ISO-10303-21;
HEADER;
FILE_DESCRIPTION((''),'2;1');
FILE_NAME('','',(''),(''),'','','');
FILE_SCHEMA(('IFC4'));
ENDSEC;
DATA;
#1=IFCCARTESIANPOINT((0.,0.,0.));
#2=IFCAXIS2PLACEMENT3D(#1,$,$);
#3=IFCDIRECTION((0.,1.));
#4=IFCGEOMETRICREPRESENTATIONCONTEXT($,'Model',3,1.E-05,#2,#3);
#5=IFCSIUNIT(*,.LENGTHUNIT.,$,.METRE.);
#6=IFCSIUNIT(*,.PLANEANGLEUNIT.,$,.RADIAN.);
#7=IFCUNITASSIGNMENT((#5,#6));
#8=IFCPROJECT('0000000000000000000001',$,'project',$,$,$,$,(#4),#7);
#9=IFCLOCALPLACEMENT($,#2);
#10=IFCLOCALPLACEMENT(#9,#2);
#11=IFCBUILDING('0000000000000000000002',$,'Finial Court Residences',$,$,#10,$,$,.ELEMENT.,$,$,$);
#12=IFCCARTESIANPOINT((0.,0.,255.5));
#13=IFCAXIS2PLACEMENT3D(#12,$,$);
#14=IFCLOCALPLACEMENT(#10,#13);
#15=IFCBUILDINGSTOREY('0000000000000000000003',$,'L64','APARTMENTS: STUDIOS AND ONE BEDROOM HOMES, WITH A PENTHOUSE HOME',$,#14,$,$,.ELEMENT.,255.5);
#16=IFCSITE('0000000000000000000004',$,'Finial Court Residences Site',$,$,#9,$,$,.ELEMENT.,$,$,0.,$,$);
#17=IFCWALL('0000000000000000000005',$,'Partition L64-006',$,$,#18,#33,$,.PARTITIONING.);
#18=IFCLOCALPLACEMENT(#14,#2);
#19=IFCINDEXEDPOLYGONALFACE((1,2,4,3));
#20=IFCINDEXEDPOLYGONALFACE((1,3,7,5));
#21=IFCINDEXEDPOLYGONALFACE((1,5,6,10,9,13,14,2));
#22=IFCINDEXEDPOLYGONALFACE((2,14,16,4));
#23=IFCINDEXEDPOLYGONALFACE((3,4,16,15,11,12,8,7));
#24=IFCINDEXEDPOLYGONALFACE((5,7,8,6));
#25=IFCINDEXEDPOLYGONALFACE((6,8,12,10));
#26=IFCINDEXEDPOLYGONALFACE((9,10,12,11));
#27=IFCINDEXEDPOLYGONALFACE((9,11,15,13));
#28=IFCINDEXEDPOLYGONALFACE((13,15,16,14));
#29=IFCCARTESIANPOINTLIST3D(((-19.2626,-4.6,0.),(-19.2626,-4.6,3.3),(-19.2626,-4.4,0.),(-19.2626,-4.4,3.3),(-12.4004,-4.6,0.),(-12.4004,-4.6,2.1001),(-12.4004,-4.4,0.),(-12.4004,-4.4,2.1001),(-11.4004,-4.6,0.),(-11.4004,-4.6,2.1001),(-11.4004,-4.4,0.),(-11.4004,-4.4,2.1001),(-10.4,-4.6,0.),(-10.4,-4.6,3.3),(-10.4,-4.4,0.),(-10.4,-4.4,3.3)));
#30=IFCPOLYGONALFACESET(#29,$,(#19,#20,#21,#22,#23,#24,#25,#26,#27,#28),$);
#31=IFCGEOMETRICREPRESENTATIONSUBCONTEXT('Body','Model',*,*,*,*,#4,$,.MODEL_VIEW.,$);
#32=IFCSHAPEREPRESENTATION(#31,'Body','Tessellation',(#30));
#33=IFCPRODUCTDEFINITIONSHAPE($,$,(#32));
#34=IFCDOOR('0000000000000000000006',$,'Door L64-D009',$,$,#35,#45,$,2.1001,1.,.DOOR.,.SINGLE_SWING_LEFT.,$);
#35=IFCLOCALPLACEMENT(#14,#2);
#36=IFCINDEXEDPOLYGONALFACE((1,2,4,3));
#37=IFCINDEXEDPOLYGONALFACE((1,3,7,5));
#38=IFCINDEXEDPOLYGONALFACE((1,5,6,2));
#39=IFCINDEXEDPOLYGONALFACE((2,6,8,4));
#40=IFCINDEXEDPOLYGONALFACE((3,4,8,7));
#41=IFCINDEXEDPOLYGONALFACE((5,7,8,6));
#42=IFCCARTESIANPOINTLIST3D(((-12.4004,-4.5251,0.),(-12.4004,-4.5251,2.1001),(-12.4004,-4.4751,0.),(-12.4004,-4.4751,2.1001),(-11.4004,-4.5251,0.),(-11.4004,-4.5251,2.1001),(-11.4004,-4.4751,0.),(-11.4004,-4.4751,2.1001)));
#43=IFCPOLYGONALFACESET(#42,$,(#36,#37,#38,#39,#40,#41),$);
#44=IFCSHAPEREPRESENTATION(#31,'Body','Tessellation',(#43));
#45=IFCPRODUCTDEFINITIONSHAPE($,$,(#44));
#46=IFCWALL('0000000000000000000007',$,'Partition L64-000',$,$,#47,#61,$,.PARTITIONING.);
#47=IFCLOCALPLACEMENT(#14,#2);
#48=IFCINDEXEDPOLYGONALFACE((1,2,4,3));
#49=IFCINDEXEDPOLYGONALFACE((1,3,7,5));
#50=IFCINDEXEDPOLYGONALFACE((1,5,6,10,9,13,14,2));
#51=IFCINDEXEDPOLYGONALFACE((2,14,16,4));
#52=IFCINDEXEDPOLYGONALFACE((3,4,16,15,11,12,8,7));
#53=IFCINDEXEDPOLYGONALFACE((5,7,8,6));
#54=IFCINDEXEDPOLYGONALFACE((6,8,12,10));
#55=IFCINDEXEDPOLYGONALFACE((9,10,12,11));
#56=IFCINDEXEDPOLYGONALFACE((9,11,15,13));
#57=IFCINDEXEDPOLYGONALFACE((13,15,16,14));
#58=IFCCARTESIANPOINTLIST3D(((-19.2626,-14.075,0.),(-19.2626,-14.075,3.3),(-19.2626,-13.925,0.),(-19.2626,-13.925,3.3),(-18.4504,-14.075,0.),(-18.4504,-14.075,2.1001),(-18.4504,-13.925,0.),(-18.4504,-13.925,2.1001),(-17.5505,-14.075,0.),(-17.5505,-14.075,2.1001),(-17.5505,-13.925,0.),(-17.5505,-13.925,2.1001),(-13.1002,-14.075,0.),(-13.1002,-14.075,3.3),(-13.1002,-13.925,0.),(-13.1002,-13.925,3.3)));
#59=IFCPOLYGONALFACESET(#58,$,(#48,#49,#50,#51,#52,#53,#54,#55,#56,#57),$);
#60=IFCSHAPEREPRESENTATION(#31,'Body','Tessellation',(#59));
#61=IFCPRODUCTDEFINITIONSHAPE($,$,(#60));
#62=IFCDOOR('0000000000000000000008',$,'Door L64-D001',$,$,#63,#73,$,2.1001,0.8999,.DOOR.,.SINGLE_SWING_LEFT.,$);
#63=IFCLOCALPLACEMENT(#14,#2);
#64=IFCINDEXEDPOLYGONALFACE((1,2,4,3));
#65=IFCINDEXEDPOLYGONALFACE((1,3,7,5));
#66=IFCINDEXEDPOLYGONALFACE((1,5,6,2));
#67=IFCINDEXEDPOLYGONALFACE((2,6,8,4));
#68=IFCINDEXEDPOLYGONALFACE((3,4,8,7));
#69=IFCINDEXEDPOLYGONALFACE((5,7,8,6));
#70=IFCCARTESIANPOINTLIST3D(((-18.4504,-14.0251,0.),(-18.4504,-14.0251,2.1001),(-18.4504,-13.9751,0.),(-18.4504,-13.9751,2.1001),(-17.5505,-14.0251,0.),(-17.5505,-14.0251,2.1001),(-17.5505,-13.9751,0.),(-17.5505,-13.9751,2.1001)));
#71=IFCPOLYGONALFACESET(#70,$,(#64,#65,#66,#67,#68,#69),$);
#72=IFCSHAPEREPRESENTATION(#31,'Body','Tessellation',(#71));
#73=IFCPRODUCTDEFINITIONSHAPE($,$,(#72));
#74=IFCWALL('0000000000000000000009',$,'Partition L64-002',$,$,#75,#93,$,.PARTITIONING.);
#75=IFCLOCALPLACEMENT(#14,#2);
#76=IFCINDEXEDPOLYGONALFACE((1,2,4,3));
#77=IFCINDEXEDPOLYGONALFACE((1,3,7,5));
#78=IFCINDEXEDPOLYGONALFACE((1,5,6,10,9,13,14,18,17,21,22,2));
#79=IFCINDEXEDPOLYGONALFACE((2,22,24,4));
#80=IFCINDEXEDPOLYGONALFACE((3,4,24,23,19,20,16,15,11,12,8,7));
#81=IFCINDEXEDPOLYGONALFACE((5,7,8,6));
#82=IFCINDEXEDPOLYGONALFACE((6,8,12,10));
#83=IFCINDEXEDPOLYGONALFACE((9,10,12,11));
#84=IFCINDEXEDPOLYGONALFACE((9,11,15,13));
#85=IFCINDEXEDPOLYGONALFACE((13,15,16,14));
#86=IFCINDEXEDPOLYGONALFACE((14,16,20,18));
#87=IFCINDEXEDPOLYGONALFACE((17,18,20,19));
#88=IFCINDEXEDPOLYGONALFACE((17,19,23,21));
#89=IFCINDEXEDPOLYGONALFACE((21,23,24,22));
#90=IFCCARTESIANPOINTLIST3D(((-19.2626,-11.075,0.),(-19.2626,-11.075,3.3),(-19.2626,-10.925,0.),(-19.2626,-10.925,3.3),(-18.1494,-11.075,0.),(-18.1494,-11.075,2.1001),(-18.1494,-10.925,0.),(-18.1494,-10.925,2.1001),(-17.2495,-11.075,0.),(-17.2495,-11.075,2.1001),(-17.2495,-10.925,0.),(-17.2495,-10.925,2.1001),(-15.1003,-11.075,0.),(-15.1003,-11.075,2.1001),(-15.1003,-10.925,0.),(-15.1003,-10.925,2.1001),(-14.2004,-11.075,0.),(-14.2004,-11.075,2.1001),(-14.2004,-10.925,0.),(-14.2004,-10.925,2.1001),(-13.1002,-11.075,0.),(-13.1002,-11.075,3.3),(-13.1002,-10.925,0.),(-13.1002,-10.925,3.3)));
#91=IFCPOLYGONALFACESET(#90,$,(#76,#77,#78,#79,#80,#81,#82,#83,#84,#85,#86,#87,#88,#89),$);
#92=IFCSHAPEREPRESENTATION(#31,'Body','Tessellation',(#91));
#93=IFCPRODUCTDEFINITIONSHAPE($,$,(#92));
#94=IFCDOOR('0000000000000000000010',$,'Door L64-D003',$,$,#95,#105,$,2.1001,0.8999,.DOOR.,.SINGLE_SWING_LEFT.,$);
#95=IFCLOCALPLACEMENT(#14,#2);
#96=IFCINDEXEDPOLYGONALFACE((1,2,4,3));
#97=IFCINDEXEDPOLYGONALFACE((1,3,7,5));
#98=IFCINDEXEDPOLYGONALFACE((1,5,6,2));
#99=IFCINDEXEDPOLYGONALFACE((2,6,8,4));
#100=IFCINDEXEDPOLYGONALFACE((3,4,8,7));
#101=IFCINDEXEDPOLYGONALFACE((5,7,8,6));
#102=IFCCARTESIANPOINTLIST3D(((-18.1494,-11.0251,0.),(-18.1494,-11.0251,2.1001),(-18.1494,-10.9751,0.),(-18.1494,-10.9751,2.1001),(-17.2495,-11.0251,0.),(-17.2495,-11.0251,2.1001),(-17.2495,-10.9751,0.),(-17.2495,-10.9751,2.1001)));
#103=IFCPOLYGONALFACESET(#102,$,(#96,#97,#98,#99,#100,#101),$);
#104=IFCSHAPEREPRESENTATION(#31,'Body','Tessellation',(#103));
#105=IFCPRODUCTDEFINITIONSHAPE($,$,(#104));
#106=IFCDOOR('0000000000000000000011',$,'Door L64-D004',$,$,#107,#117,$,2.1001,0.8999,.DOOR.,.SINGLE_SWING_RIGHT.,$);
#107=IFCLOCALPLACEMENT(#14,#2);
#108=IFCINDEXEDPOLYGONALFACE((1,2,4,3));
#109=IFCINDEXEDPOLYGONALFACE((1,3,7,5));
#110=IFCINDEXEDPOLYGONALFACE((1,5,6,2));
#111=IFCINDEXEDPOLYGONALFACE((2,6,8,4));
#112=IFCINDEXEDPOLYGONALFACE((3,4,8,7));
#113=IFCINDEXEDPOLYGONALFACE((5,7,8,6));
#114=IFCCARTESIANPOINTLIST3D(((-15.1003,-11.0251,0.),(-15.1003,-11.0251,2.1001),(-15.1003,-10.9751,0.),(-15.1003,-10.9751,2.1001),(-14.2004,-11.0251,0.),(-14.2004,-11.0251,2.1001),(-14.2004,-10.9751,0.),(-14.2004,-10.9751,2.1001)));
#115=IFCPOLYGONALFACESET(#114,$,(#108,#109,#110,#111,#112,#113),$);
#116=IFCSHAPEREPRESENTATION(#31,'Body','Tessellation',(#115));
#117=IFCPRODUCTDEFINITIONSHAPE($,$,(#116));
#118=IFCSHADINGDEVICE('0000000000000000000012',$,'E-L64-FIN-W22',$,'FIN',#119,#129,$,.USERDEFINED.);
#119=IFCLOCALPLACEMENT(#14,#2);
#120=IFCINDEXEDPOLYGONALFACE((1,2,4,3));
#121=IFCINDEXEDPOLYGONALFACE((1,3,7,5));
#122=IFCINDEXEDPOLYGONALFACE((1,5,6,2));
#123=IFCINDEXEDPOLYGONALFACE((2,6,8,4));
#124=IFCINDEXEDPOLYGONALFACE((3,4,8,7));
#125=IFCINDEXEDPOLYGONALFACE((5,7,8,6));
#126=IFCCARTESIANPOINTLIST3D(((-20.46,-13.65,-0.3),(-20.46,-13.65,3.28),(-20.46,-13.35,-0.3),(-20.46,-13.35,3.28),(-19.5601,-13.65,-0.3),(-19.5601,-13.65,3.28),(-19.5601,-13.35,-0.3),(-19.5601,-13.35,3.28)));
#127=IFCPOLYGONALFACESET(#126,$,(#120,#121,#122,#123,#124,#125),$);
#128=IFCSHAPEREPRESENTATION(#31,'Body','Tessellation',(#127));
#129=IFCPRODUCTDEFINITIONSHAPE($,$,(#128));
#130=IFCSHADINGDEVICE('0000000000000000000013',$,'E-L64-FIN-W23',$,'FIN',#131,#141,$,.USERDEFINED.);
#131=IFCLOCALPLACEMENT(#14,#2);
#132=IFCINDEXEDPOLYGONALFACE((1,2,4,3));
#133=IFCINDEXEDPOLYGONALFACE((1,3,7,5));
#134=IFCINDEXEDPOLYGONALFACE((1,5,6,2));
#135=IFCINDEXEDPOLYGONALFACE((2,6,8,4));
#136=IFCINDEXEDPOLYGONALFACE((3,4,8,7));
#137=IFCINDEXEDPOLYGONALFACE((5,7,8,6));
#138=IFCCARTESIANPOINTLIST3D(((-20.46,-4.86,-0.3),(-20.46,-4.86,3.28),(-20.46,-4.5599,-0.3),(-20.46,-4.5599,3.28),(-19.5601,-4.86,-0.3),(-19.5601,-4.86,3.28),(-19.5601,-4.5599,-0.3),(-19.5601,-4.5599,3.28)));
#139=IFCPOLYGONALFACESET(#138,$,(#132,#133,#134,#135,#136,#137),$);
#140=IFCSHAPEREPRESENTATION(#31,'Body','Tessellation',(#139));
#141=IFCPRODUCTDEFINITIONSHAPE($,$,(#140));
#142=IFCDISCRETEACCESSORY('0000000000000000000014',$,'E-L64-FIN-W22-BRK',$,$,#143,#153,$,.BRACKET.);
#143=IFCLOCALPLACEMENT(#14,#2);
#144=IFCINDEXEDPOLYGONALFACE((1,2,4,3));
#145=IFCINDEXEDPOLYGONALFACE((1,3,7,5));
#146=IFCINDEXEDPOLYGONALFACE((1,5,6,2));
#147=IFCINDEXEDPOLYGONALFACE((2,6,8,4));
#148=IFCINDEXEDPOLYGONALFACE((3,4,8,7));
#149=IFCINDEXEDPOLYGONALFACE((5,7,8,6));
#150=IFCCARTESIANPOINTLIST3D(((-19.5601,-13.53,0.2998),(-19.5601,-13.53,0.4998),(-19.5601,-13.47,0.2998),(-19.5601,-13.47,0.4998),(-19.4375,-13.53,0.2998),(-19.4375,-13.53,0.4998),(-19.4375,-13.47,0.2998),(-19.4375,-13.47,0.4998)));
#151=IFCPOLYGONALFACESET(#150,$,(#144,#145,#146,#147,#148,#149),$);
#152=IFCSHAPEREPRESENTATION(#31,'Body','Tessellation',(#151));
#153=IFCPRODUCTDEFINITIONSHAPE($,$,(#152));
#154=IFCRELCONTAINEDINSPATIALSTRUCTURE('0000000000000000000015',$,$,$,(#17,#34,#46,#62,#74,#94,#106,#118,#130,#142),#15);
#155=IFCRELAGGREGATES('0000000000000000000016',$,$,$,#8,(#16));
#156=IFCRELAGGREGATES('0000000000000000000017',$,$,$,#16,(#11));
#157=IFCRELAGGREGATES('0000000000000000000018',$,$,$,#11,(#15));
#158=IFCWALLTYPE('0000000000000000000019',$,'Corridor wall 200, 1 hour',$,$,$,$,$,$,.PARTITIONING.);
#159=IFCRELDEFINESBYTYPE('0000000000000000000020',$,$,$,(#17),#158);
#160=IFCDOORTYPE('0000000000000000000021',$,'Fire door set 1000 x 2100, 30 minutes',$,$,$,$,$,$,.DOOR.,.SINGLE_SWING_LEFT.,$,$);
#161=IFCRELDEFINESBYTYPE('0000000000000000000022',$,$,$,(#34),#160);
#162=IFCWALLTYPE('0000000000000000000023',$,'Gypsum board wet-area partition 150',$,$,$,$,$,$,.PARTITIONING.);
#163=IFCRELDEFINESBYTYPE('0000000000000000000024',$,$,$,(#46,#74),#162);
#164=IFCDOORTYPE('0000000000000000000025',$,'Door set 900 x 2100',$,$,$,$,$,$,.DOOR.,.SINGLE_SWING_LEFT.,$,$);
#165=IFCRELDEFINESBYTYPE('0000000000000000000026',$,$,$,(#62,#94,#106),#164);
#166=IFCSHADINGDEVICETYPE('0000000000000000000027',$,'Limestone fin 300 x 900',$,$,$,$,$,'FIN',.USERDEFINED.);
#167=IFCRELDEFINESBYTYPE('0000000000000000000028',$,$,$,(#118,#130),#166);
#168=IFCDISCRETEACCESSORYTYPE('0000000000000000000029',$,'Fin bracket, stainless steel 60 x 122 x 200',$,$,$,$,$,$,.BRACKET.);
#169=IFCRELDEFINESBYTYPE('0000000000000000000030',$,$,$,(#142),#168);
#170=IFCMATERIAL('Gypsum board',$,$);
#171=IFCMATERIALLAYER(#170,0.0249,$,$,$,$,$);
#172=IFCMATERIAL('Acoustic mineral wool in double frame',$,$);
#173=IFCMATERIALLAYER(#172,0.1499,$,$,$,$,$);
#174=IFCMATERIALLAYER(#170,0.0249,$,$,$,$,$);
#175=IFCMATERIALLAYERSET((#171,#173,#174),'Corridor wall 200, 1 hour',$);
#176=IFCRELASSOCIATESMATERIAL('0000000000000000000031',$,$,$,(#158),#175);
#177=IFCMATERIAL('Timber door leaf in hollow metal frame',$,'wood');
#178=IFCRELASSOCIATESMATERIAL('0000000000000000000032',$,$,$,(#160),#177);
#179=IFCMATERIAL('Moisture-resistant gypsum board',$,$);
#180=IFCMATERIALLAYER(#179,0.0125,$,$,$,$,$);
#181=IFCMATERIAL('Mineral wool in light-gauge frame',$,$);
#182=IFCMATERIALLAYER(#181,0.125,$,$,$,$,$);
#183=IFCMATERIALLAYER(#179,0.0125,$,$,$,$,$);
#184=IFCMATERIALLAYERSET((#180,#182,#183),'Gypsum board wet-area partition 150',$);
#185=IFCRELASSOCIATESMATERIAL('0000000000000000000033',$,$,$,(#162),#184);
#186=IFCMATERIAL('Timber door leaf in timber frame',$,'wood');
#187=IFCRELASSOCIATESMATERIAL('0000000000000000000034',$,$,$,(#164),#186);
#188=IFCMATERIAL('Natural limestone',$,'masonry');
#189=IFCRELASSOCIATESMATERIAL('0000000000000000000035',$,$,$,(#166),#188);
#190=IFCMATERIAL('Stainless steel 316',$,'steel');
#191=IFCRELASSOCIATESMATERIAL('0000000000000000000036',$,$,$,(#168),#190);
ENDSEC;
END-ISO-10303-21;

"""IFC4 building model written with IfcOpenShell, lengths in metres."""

from ifc_helpers import new_model, si_unit, direction, frame, frame_2d, origin, origin_2d, place, context, subcontext, project, spatial, rectangle, extrude, material, layer, layer_set, type_object, element, fill, save


model = new_model("IFC4")

# Units and contexts
model_context = context("Model", 3, precision=1e-05, world=origin(), true_north=direction((0.0, 1.0)))
body_context = subcontext(model_context, "Body", "Model", "MODEL_VIEW")
ifc_project = project(units=[si_unit("LENGTHUNIT", "METRE"), si_unit("PLANEANGLEUNIT", "RADIAN")], contexts=[model_context])

# Site, building, storey
site_placement = place(None, origin())
site = spatial("IfcSite", under=ifc_project, at=site_placement, Name="Finial Court Residences Site", CompositionType="ELEMENT", RefElevation=0.0)
building_placement = place(site_placement, origin())
building = spatial("IfcBuilding", under=site, at=building_placement, Name="Finial Court Residences", CompositionType="ELEMENT")
storey_placement = place(building_placement, frame((0.0, 0.0, 255.5)))
storey = spatial("IfcBuildingStorey", under=building, at=storey_placement, Name="L64", Description="APARTMENTS: STUDIOS AND ONE BEDROOM HOMES, WITH A PENTHOUSE HOME", CompositionType="ELEMENT", Elevation=255.5)

# Walls, openings, doors
ifc_material_1 = material(Name="Gypsum board")
ifc_layer_1 = layer(ifc_material_1, 0.0249)
ifc_material_2 = material(Name="Acoustic mineral wool in double frame")
ifc_layer_2 = layer(ifc_material_2, 0.1499)
ifc_layer_3 = layer(ifc_material_1, 0.0249)
ifc_layer_set_1 = layer_set([ifc_layer_1, ifc_layer_2, ifc_layer_3], Name="Corridor wall 200, 1 hour")
wall_type_1 = type_object("IfcWallType", Name="Corridor wall 200, 1 hour", PredefinedType="PARTITIONING", material=ifc_layer_set_1)
ifc_material_3 = material(Name="Timber door leaf in hollow metal frame", Category="wood")
door_type_1 = type_object("IfcDoorType", Name="Fire door set 1000 x 2100, 30 minutes", OperationType="SINGLE_SWING_LEFT", PredefinedType="DOOR", material=ifc_material_3)
wall_1_placement = place(storey_placement, frame((-19.2625, -4.5, 0.0), z_axis=(0.0, 0.0, 1.0), x_axis=(1.0, 0.0, 0.0)))
wall_1 = element("IfcWall", 1, at=wall_1_placement, inside=storey, type_object=wall_type_1, Name="Partition L64-006", PredefinedType="PARTITIONING", context=body_context, shape_type="SweptSolid", body=[
    extrude(rectangle(XDim=8.8625, YDim=0.2, at=frame_2d((4.4312, 0.0))), origin(), (0.0, 0.0, 1.0), 3.3),
])
opening_1_placement = place(wall_1_placement, frame((6.8621, 0.0, 0.0)))
opening_1 = element("IfcOpeningElement", 2, at=opening_1_placement, cuts=wall_1, PredefinedType="OPENING", context=body_context, shape_type="SweptSolid", body=[
    extrude(rectangle(XDim=1.0, YDim=2.1001, at=frame_2d((0.5, 1.05))), frame((0.0, 0.1099, 0.0), z_axis=(0.0, -1.0, 0.0), x_axis=(1.0, 0.0, 0.0)), (0.0, 0.0, 1.0), 0.22),
])
door_1_placement = place(opening_1_placement, origin())
door_1 = element("IfcDoor", 3, at=door_1_placement, inside=storey, type_object=door_type_1, Name="Door L64-D009", OperationType="SINGLE_SWING_LEFT", OverallHeight=2.1001, OverallWidth=1.0, PredefinedType="DOOR", context=body_context, shape_type="SweptSolid", body=[
    extrude(rectangle(XDim=1.0, YDim=2.1001, at=frame_2d((0.5, 1.05))), frame((0.0, 0.0249, 0.0), z_axis=(0.0, -1.0, 0.0), x_axis=(1.0, 0.0, 0.0)), (0.0, 0.0, 1.0), 0.05),
])
fill(opening_1, door_1)
ifc_material_4 = material(Name="Moisture-resistant gypsum board")
ifc_layer_4 = layer(ifc_material_4, 0.0125)
ifc_material_5 = material(Name="Mineral wool in light-gauge frame")
ifc_layer_5 = layer(ifc_material_5, 0.125)
ifc_layer_6 = layer(ifc_material_4, 0.0125)
ifc_layer_set_2 = layer_set([ifc_layer_4, ifc_layer_5, ifc_layer_6], Name="Gypsum board wet-area partition 150")
wall_type_2 = type_object("IfcWallType", Name="Gypsum board wet-area partition 150", PredefinedType="PARTITIONING", material=ifc_layer_set_2)
wall_2_placement = place(storey_placement, frame((-19.2625, -14.0, 0.0), z_axis=(0.0, 0.0, 1.0), x_axis=(1.0, 0.0, 0.0)))
wall_2 = element("IfcWall", 4, at=wall_2_placement, inside=storey, type_object=wall_type_2, Name="Partition L64-000", PredefinedType="PARTITIONING", context=body_context, shape_type="SweptSolid", body=[
    extrude(rectangle(XDim=6.1624, YDim=0.1499, at=frame_2d((3.0811, 0.0))), origin(), (0.0, 0.0, 1.0), 3.3),
])
opening_2_placement = place(wall_2_placement, frame((0.812, 0.0, 0.0)))
opening_2 = element("IfcOpeningElement", 5, at=opening_2_placement, cuts=wall_2, PredefinedType="OPENING", context=body_context, shape_type="SweptSolid", body=[
    extrude(rectangle(XDim=0.8999, YDim=2.1001, at=frame_2d((0.45, 1.05))), frame((0.0, 0.085, 0.0), z_axis=(0.0, -1.0, 0.0), x_axis=(1.0, 0.0, 0.0)), (0.0, 0.0, 1.0), 0.1699),
])
ifc_material_6 = material(Name="Timber door leaf in timber frame", Category="wood")
door_type_2 = type_object("IfcDoorType", Name="Door set 900 x 2100", OperationType="SINGLE_SWING_LEFT", PredefinedType="DOOR", material=ifc_material_6)
door_2_placement = place(opening_2_placement, origin())
door_2 = element("IfcDoor", 6, at=door_2_placement, inside=storey, type_object=door_type_2, Name="Door L64-D001", OperationType="SINGLE_SWING_LEFT", OverallHeight=2.1001, OverallWidth=0.8999, PredefinedType="DOOR", context=body_context, shape_type="SweptSolid", body=[
    extrude(rectangle(XDim=0.8999, YDim=2.1001, at=frame_2d((0.45, 1.05))), frame((0.0, 0.0249, 0.0), z_axis=(0.0, -1.0, 0.0), x_axis=(1.0, 0.0, 0.0)), (0.0, 0.0, 1.0), 0.05),
])
fill(opening_2, door_2)

# Wall, openings, doors
wall_3_placement = place(storey_placement, frame((-19.2625, -11.0, 0.0), z_axis=(0.0, 0.0, 1.0), x_axis=(1.0, 0.0, 0.0)))
wall_3 = element("IfcWall", 7, at=wall_3_placement, inside=storey, type_object=wall_type_2, Name="Partition L64-002", PredefinedType="PARTITIONING", context=body_context, shape_type="SweptSolid", body=[
    extrude(rectangle(XDim=6.1624, YDim=0.1499, at=frame_2d((3.0811, 0.0))), origin(), (0.0, 0.0, 1.0), 3.3),
])
opening_3_placement = place(wall_3_placement, frame((1.113, 0.0, 0.0)))
opening_3 = element("IfcOpeningElement", 8, at=opening_3_placement, cuts=wall_3, PredefinedType="OPENING", context=body_context, shape_type="SweptSolid", body=[
    extrude(rectangle(XDim=0.8999, YDim=2.1001, at=frame_2d((0.45, 1.05))), frame((0.0, 0.085, 0.0), z_axis=(0.0, -1.0, 0.0), x_axis=(1.0, 0.0, 0.0)), (0.0, 0.0, 1.0), 0.1699),
])
opening_4_placement = place(wall_3_placement, frame((4.1621, 0.0, 0.0)))
opening_4 = element("IfcOpeningElement", 9, at=opening_4_placement, cuts=wall_3, PredefinedType="OPENING", context=body_context, shape_type="SweptSolid", body=[
    extrude(rectangle(XDim=0.8999, YDim=2.1001, at=frame_2d((0.45, 1.05))), frame((0.0, 0.085, 0.0), z_axis=(0.0, -1.0, 0.0), x_axis=(1.0, 0.0, 0.0)), (0.0, 0.0, 1.0), 0.1699),
])
door_3_placement = place(opening_3_placement, origin())
door_3 = element("IfcDoor", 10, at=door_3_placement, inside=storey, type_object=door_type_2, Name="Door L64-D003", OperationType="SINGLE_SWING_LEFT", OverallHeight=2.1001, OverallWidth=0.8999, PredefinedType="DOOR", context=body_context, shape_type="SweptSolid", body=[
    extrude(rectangle(XDim=0.8999, YDim=2.1001, at=frame_2d((0.45, 1.05))), frame((0.0, 0.0249, 0.0), z_axis=(0.0, -1.0, 0.0), x_axis=(1.0, 0.0, 0.0)), (0.0, 0.0, 1.0), 0.05),
])
fill(opening_3, door_3)
door_4_placement = place(opening_4_placement, origin())
door_4 = element("IfcDoor", 11, at=door_4_placement, inside=storey, type_object=door_type_2, Name="Door L64-D004", OperationType="SINGLE_SWING_RIGHT", OverallHeight=2.1001, OverallWidth=0.8999, PredefinedType="DOOR", context=body_context, shape_type="SweptSolid", body=[
    extrude(rectangle(XDim=0.8999, YDim=2.1001, at=frame_2d((0.45, 1.05))), frame((0.0, 0.0249, 0.0), z_axis=(0.0, -1.0, 0.0), x_axis=(1.0, 0.0, 0.0)), (0.0, 0.0, 1.0), 0.05),
])
fill(opening_4, door_4)

# Shading devices
ifc_material_7 = material(Name="Natural limestone", Category="masonry")
shading_device_type = type_object("IfcShadingDeviceType", Name="Limestone fin 300 x 900", ElementType="FIN", PredefinedType="USERDEFINED", material=ifc_material_7)
for number, where, z_axis, x_axis, name in (
    (12, (-20.01, -13.5, -0.3), (0.0, 0.0, 1.0), (1.0, 0.0, 0.0), "E-L64-FIN-W22"),
    (13, (-20.01, -4.71, -0.3), (0.0, 0.0, 1.0), (1.0, 0.0, 0.0), "E-L64-FIN-W23"),
):
    element("IfcShadingDevice", number, at=place(storey_placement, frame(where, z_axis=z_axis, x_axis=x_axis)), inside=storey, type_object=shading_device_type, Name=name, ObjectType="FIN", PredefinedType="USERDEFINED", context=body_context, shape_type="SweptSolid", body=[
        extrude(rectangle(XDim=0.8999, YDim=0.3, at=origin_2d()), origin(), (0.0, 0.0, 1.0), 3.5801),
    ])

# Discrete accessory
ifc_material_8 = material(Name="Stainless steel 316", Category="steel")
discrete_accessory_type = type_object("IfcDiscreteAccessoryType", Name="Fin bracket, stainless steel 60 x 122 x 200", PredefinedType="BRACKET", material=ifc_material_8)
discrete_accessory_placement = place(storey_placement, frame((-19.4988, -13.5, 0.2998), z_axis=(0.0, 0.0, 1.0), x_axis=(1.0, 0.0, 0.0)))
element("IfcDiscreteAccessory", 14, at=discrete_accessory_placement, inside=storey, type_object=discrete_accessory_type, Name="E-L64-FIN-W22-BRK", PredefinedType="BRACKET", context=body_context, shape_type="SweptSolid", body=[
    extrude(rectangle(XDim=0.1226, YDim=0.0601, at=origin_2d()), origin(), (0.0, 0.0, 1.0), 0.2),
])

save(model, "model.ifc")
